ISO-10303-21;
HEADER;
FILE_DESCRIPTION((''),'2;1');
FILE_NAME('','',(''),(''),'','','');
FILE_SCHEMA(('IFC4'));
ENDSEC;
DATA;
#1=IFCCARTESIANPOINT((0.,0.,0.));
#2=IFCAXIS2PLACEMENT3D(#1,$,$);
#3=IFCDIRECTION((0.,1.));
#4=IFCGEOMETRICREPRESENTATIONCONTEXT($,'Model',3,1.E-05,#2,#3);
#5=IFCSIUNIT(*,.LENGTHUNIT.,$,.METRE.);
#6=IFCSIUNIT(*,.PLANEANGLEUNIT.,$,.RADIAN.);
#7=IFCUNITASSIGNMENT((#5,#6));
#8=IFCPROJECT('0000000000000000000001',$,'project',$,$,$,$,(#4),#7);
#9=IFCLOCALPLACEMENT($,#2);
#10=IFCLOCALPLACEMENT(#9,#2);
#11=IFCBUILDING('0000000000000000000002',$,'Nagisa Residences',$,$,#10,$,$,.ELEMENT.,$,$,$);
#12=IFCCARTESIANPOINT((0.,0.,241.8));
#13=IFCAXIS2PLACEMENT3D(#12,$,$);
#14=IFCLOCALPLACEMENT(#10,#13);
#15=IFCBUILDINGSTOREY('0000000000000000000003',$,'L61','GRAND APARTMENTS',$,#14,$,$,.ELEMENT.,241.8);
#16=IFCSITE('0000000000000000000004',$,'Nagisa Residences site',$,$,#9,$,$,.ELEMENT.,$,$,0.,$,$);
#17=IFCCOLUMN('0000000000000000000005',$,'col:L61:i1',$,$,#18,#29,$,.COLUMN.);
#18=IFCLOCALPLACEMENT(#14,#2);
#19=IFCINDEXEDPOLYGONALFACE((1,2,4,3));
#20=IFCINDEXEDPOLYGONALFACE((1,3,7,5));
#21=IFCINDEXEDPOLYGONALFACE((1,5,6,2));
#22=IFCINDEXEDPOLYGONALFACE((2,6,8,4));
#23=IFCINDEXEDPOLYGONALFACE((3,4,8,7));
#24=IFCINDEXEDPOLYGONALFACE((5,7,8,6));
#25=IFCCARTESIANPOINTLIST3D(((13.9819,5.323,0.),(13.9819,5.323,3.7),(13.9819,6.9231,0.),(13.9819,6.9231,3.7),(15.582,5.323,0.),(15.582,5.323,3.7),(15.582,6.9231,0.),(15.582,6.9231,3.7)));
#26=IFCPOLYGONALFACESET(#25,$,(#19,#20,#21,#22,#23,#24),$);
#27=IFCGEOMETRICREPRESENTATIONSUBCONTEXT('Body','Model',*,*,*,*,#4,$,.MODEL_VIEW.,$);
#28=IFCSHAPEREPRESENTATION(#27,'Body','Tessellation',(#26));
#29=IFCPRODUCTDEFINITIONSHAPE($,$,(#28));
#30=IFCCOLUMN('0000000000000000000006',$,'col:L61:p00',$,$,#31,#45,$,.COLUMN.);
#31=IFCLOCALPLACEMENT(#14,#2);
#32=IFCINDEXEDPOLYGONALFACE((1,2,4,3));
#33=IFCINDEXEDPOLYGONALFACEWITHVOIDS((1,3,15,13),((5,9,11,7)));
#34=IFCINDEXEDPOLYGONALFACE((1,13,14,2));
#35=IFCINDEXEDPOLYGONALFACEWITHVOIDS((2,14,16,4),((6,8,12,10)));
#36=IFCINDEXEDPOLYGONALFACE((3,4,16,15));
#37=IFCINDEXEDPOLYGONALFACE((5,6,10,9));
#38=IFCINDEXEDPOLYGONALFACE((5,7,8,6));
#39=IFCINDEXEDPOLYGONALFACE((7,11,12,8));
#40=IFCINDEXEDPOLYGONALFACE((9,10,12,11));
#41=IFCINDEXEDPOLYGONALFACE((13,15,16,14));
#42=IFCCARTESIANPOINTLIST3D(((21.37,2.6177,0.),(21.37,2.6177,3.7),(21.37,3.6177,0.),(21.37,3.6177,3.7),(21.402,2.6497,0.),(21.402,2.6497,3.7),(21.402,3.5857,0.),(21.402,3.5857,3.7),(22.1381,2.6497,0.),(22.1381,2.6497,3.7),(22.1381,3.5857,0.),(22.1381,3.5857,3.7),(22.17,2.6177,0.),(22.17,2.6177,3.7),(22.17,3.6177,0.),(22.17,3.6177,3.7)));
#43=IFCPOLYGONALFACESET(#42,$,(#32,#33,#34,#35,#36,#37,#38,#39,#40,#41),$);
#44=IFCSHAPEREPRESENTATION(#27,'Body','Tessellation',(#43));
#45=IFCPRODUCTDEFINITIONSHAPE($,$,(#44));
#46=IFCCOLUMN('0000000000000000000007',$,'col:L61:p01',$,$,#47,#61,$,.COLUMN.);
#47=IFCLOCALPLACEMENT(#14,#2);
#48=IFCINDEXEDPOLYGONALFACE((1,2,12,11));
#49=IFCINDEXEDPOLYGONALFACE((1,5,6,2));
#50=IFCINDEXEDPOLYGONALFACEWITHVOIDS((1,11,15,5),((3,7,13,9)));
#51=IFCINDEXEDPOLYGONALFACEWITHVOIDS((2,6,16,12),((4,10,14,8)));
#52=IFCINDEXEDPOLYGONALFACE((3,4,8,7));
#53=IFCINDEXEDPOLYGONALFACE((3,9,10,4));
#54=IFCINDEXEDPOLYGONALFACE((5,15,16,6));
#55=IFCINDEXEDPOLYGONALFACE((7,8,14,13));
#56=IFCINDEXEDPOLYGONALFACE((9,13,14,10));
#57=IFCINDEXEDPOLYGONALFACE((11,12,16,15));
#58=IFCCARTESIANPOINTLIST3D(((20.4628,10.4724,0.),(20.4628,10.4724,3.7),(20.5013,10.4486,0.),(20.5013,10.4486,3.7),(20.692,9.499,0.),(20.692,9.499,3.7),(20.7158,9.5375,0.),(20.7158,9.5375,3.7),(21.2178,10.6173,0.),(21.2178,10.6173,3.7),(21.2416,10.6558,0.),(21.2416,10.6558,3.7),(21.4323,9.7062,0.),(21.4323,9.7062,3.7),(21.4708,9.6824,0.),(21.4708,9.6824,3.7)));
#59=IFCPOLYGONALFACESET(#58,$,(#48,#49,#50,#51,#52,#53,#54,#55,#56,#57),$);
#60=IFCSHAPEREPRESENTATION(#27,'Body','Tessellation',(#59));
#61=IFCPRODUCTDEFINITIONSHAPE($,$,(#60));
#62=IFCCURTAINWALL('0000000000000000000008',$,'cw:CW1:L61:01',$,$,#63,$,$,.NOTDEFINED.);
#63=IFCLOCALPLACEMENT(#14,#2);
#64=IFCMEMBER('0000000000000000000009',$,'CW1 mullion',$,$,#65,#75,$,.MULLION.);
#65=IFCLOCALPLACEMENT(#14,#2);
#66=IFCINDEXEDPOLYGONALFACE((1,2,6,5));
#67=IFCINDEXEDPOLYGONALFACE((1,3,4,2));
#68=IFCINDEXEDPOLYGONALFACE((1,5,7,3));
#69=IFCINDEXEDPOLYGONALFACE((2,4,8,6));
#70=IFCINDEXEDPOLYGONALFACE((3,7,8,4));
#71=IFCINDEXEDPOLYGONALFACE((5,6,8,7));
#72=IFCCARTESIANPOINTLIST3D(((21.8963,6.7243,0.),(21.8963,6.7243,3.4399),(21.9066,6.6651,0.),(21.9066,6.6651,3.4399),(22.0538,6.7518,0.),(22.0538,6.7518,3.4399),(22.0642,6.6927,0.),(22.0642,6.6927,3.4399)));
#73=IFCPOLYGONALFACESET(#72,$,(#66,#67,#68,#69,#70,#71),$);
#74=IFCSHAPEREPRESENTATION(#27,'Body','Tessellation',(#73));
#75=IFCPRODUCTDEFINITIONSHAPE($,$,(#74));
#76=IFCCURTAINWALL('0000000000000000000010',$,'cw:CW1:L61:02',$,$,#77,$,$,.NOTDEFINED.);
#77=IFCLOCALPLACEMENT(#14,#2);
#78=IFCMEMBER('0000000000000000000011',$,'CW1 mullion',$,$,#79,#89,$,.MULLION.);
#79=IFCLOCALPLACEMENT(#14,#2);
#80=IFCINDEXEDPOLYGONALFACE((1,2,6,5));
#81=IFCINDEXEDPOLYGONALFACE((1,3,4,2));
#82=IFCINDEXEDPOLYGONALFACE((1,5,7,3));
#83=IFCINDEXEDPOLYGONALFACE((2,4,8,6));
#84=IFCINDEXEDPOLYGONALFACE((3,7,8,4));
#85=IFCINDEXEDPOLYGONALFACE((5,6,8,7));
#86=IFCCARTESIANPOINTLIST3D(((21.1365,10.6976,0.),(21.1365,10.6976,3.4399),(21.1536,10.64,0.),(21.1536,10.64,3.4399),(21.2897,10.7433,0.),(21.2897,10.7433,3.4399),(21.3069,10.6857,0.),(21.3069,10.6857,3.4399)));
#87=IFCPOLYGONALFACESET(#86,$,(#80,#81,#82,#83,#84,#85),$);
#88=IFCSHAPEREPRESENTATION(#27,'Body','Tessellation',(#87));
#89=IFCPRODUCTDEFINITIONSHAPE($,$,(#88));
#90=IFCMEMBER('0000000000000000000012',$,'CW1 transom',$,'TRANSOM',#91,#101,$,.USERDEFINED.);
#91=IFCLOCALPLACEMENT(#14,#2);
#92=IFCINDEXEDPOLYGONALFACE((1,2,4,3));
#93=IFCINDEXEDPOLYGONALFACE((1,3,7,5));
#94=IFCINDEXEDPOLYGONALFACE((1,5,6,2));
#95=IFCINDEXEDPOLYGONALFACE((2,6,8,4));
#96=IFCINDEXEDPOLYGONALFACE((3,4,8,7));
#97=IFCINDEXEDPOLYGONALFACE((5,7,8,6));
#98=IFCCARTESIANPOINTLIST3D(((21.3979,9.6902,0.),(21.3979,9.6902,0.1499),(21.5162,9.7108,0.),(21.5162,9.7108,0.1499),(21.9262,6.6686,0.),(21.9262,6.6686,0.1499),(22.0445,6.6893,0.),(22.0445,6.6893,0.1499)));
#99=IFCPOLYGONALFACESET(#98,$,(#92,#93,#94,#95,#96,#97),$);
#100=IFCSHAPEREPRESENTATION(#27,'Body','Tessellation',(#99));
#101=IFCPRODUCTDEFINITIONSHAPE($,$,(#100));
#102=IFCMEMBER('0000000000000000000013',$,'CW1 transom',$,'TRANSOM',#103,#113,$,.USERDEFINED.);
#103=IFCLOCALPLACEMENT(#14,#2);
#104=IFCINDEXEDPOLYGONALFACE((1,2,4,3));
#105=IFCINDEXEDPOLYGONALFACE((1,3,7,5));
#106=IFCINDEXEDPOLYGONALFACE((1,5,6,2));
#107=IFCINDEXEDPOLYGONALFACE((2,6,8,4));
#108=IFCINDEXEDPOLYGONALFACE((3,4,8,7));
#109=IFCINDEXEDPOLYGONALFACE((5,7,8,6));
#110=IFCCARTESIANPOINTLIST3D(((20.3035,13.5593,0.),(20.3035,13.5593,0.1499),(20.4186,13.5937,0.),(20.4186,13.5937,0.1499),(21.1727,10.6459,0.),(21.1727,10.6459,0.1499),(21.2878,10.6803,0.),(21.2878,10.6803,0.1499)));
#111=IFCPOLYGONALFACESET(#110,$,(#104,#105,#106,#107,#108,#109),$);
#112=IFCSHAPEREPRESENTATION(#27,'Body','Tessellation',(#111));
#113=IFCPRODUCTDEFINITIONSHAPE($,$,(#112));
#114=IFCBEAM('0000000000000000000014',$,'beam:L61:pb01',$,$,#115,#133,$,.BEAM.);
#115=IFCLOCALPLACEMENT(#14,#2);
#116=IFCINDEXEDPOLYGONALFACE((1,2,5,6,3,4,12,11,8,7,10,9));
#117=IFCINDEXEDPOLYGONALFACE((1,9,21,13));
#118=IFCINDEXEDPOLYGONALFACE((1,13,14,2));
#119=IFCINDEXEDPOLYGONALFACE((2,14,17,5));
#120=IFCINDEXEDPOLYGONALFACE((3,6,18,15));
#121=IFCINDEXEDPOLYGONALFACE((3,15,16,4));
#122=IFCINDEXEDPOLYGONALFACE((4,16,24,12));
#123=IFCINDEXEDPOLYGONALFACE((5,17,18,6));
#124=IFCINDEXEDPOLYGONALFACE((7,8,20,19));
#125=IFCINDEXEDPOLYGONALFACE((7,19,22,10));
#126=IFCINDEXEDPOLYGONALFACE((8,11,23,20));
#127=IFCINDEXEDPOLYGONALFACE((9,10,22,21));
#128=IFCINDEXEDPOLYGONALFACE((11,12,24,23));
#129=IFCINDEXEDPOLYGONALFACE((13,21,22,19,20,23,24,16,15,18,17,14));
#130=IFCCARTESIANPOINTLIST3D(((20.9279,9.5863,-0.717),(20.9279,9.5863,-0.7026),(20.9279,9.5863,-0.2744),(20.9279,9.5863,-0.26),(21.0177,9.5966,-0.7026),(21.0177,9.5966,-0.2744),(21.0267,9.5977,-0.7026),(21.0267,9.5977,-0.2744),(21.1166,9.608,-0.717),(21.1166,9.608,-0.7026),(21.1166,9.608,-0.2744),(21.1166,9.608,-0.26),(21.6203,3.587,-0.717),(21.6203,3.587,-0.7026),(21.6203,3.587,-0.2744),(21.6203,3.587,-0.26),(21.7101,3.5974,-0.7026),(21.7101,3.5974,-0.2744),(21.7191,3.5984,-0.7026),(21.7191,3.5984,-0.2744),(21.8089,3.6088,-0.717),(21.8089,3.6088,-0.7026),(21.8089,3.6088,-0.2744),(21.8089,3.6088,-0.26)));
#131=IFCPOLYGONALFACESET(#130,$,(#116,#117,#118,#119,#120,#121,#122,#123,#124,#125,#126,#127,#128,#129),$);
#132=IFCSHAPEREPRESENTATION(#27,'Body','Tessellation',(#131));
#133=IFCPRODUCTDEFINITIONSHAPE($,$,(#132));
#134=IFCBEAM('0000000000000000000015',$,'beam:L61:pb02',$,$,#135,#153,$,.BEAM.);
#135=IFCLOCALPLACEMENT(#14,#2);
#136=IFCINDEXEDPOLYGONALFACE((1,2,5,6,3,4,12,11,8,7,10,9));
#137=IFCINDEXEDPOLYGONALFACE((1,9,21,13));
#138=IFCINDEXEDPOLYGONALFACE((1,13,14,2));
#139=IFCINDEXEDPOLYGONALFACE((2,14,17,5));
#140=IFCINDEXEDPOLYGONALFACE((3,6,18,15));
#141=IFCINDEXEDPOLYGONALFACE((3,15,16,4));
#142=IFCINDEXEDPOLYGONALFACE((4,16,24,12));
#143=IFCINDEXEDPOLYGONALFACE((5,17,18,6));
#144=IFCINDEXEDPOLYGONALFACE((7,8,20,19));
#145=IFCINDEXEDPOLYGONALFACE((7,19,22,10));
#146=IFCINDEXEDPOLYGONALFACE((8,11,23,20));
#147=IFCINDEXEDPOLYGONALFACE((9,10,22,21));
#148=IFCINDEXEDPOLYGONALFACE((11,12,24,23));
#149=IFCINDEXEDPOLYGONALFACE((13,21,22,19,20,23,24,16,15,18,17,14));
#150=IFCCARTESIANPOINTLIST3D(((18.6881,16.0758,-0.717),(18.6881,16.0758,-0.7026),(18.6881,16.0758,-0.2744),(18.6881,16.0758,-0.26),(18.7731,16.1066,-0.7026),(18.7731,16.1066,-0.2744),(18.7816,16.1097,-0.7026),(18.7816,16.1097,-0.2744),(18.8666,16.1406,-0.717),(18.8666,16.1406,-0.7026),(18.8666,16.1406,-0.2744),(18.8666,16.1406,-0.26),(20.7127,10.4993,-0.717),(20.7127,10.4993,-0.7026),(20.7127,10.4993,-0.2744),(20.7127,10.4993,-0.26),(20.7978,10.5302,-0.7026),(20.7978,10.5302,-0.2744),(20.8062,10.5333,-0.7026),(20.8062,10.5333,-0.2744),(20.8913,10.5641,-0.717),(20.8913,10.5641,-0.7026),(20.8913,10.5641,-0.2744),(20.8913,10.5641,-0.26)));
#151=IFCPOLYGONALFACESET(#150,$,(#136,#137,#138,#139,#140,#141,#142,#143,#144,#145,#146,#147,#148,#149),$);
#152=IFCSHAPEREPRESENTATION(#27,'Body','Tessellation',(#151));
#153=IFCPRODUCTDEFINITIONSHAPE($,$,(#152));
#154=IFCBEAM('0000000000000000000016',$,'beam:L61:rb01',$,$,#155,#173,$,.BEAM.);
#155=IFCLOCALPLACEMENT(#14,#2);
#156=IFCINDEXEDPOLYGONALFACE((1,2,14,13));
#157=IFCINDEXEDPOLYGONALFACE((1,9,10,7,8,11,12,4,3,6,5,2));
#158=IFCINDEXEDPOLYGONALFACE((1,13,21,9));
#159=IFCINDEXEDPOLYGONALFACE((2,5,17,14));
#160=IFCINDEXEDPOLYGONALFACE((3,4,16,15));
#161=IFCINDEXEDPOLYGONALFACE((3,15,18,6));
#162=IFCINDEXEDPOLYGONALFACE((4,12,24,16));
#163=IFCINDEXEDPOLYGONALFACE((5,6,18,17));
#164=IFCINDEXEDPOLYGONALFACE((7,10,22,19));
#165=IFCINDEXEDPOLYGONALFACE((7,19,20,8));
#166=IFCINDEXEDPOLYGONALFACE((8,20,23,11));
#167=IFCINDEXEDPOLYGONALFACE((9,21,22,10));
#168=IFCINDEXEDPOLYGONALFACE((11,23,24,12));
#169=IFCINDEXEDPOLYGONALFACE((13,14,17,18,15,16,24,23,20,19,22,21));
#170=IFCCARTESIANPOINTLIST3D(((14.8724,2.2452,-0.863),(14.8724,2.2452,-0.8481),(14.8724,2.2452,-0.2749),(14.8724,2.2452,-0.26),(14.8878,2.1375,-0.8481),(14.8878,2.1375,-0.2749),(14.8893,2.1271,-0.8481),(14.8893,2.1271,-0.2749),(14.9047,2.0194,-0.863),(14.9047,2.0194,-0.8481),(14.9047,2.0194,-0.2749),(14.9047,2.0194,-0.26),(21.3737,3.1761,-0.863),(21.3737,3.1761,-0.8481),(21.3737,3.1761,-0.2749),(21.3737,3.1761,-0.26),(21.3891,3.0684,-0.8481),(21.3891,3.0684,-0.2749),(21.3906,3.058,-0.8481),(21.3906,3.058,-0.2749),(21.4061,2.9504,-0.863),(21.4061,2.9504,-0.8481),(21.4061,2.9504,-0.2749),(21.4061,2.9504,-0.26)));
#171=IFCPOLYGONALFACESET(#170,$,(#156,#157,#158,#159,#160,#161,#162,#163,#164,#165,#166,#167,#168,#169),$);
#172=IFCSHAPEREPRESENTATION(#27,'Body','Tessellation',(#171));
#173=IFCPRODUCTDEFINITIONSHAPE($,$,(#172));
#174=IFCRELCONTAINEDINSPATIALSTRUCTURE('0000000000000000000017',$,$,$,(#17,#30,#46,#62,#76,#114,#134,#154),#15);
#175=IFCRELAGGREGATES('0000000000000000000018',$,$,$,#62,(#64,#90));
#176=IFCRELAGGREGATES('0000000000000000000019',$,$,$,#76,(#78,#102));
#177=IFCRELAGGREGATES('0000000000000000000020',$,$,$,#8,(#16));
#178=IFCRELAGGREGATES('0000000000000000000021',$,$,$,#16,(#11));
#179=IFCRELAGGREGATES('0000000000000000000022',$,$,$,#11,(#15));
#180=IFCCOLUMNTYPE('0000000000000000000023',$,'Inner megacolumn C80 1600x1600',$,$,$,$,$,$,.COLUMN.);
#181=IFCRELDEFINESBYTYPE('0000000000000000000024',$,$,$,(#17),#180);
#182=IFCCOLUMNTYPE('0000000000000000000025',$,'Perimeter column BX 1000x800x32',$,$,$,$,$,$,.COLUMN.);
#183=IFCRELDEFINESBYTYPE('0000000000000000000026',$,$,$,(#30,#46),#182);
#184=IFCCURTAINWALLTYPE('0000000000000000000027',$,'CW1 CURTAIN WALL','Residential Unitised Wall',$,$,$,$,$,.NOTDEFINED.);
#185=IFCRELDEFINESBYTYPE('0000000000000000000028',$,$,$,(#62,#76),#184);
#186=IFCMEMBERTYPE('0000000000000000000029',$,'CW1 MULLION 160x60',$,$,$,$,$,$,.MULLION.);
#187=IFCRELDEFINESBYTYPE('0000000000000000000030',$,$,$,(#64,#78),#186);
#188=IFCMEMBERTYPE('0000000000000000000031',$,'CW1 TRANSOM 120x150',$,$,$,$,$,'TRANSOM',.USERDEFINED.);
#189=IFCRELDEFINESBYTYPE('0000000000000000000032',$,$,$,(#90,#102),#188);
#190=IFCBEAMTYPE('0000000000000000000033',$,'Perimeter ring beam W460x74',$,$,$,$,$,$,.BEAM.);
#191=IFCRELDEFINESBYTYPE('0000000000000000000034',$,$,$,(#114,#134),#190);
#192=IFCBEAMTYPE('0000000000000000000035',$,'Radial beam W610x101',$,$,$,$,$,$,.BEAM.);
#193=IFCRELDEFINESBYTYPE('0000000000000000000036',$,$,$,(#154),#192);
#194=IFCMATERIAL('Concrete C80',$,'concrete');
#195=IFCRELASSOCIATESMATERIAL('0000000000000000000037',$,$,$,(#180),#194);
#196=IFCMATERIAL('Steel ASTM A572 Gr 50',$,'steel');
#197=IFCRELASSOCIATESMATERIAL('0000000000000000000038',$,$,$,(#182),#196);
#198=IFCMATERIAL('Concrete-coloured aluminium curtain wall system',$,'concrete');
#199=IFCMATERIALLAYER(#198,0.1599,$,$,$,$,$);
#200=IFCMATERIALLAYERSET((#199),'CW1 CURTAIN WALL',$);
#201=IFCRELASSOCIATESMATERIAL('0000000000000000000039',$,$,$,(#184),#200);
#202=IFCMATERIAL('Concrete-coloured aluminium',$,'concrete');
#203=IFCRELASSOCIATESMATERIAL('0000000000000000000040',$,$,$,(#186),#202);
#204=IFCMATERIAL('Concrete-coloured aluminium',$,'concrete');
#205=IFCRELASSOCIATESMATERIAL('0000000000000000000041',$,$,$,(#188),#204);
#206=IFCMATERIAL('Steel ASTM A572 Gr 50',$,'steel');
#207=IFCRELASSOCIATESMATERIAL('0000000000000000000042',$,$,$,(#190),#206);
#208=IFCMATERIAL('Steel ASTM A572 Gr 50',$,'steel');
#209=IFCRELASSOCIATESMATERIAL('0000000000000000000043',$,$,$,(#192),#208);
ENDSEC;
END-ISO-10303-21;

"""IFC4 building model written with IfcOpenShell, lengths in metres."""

from ifc_helpers import new_model, si_unit, direction, frame, origin, origin_2d, place, context, subcontext, project, spatial, rectangle, hollow_rectangle, i_section, extrude, material, layer, layer_set, material_profile, profile_set, type_object, element, aggregate, save


model = new_model("IFC4")

# Units and contexts
model_context = context("Model", 3, precision=1e-05, world=origin(), true_north=direction((0.0, 1.0)))
body_context = subcontext(model_context, "Body", "Model", "MODEL_VIEW")
ifc_project = project(units=[si_unit("LENGTHUNIT", "METRE"), si_unit("PLANEANGLEUNIT", "RADIAN")], contexts=[model_context])

# Site, building, storey
site_placement = place(None, origin())
site = spatial("IfcSite", under=ifc_project, at=site_placement, Name="Nagisa Residences site", CompositionType="ELEMENT", RefElevation=0.0)
building_placement = place(site_placement, origin())
building = spatial("IfcBuilding", under=site, at=building_placement, Name="Nagisa Residences", CompositionType="ELEMENT")
storey_placement = place(building_placement, frame((0.0, 0.0, 241.8)))
storey = spatial("IfcBuildingStorey", under=building, at=storey_placement, Name="L61", Description="GRAND APARTMENTS", CompositionType="ELEMENT", Elevation=241.8)

# Columns
ifc_material_1 = material(Name="Concrete C80", Category="concrete")
ifc_material_profile_1 = material_profile(ifc_material_1, rectangle(XDim=1.6001, YDim=1.6001, at=origin_2d()), Name="C80 1600x1600")
ifc_profile_set_1 = profile_set([ifc_material_profile_1], Name="Concrete C80")
column_type_1 = type_object("IfcColumnType", Name="Inner megacolumn C80 1600x1600", PredefinedType="COLUMN", material=ifc_profile_set_1)
column_placement = place(storey_placement, frame((14.782, 6.123, 0.0), z_axis=(0.0, 0.0, 1.0), x_axis=(1.0, 0.0, 0.0)))
element("IfcColumn", 1, at=column_placement, inside=storey, type_object=column_type_1, Name="col:L61:i1", PredefinedType="COLUMN", context=body_context, shape_type="SweptSolid", body=[
    extrude(rectangle(XDim=1.6001, YDim=1.6001, at=origin_2d()), origin(), (0.0, 0.0, 1.0), 3.7),
])
ifc_material_2 = material(Name="Steel ASTM A572 Gr 50", Category="steel")
ifc_material_profile_2 = material_profile(ifc_material_2, hollow_rectangle(XDim=1.0, YDim=0.8, WallThickness=0.032, at=origin_2d()), Name="BX 1000x800x32")
ifc_profile_set_2 = profile_set([ifc_material_profile_2], Name="Steel ASTM A572 Gr 50")
column_type_2 = type_object("IfcColumnType", Name="Perimeter column BX 1000x800x32", PredefinedType="COLUMN", material=ifc_profile_set_2)
for number, where, z_axis, x_axis, name in (
    (2, (21.77, 3.1177, 0.0), (0.0, 0.0, 1.0), (0.0, 1.0, 0.0), "col:L61:p00"),
    (3, (20.9668, 10.0774, 0.0), (0.0, 0.0, 1.0), (-0.229202, 0.973379, 0.0), "col:L61:p01"),
):
    element("IfcColumn", number, at=place(storey_placement, frame(where, z_axis=z_axis, x_axis=x_axis)), inside=storey, type_object=column_type_2, Name=name, PredefinedType="COLUMN", context=body_context, shape_type="SweptSolid", body=[
        extrude(hollow_rectangle(XDim=1.0, YDim=0.8, WallThickness=0.032, at=origin_2d()), origin(), (0.0, 0.0, 1.0), 3.7),
    ])

# Curtain walls, members
ifc_material_3 = material(Name="Concrete-coloured aluminium curtain wall system", Category="concrete")
ifc_layer_1 = layer(ifc_material_3, 0.1599)
ifc_layer_set_1 = layer_set([ifc_layer_1], Name="CW1 CURTAIN WALL")
curtain_wall_type = type_object("IfcCurtainWallType", Name="CW1 CURTAIN WALL", Description="Residential Unitised Wall", PredefinedType="NOTDEFINED", material=ifc_layer_set_1)
curtain_wall_1_placement = place(storey_placement, origin())
curtain_wall_1 = element("IfcCurtainWall", 4, at=curtain_wall_1_placement, inside=storey, type_object=curtain_wall_type, Name="cw:CW1:L61:01", PredefinedType="NOTDEFINED")
ifc_material_4 = material(Name="Concrete-coloured aluminium", Category="concrete")
ifc_material_profile_3 = material_profile(ifc_material_4, rectangle(XDim=0.1599, YDim=0.0601, at=origin_2d()), Name="CW1 MULLION 160x60")
ifc_profile_set_3 = profile_set([ifc_material_profile_3], Name="Concrete-coloured aluminium")
member_type_1 = type_object("IfcMemberType", Name="CW1 MULLION 160x60", PredefinedType="MULLION", material=ifc_profile_set_3)
member_1_placement = place(storey_placement, frame((21.9802, 6.7085, 0.0), z_axis=(0.0, 0.0, 1.0), x_axis=(-0.985064, -0.172191, 0.0)))
member_1 = element("IfcMember", 5, at=member_1_placement, type_object=member_type_1, Name="CW1 mullion", PredefinedType="MULLION", context=body_context, shape_type="SweptSolid", body=[
    extrude(rectangle(XDim=0.1599, YDim=0.0601, at=origin_2d()), origin(), (0.0, 0.0, 1.0), 3.4399),
])
curtain_wall_2_placement = place(storey_placement, origin())
curtain_wall_2 = element("IfcCurtainWall", 6, at=curtain_wall_2_placement, inside=storey, type_object=curtain_wall_type, Name="cw:CW1:L61:02", PredefinedType="NOTDEFINED")
member_2_placement = place(storey_placement, frame((21.2217, 10.6917, 0.0), z_axis=(0.0, 0.0, 1.0), x_axis=(-0.958271, -0.28586, 0.0)))
member_2 = element("IfcMember", 7, at=member_2_placement, type_object=member_type_1, Name="CW1 mullion", PredefinedType="MULLION", context=body_context, shape_type="SweptSolid", body=[
    extrude(rectangle(XDim=0.1599, YDim=0.0601, at=origin_2d()), origin(), (0.0, 0.0, 1.0), 3.4399),
])

# Members
ifc_material_5 = material(Name="Concrete-coloured aluminium", Category="concrete")
ifc_material_profile_4 = material_profile(ifc_material_5, rectangle(XDim=0.1201, YDim=0.1499, at=origin_2d()), Name="CW1 TRANSOM 120x150")
ifc_profile_set_4 = profile_set([ifc_material_profile_4], Name="Concrete-coloured aluminium")
member_type_2 = type_object("IfcMemberType", Name="CW1 TRANSOM 120x150", ElementType="TRANSOM", PredefinedType="USERDEFINED", material=ifc_profile_set_4)
member_3_placement = place(storey_placement, frame((21.9854, 6.679, 0.075), z_axis=(-0.172241, 0.985055, 0.0), x_axis=(-0.985055, -0.172241, 0.0)))
member_3 = element("IfcMember", 8, at=member_3_placement, type_object=member_type_2, Name="CW1 transom", ObjectType="TRANSOM", PredefinedType="USERDEFINED", context=body_context, shape_type="SweptSolid", body=[
    extrude(rectangle(XDim=0.1201, YDim=0.1499, at=origin_2d()), origin(), (0.0, 0.0, 1.0), 3.0674),
])
member_4_placement = place(storey_placement, frame((21.2302, 10.6631, 0.075), z_axis=(-0.285881, 0.958265, 0.0), x_axis=(-0.958265, -0.285881, 0.0)))
member_4 = element("IfcMember", 9, at=member_4_placement, type_object=member_type_2, Name="CW1 transom", ObjectType="TRANSOM", PredefinedType="USERDEFINED", context=body_context, shape_type="SweptSolid", body=[
    extrude(rectangle(XDim=0.1201, YDim=0.1499, at=origin_2d()), origin(), (0.0, 0.0, 1.0), 3.0403),
])

# Beams
ifc_material_6 = material(Name="Steel ASTM A572 Gr 50", Category="steel")
ifc_material_profile_5 = material_profile(ifc_material_6, i_section(OverallWidth=0.1899, OverallDepth=0.457, WebThickness=0.009, FlangeThickness=0.0144, at=origin_2d()), Name="W460x74")
ifc_profile_set_5 = profile_set([ifc_material_profile_5], Name="Steel ASTM A572 Gr 50")
beam_type_1 = type_object("IfcBeamType", Name="Perimeter ring beam W460x74", PredefinedType="BEAM", material=ifc_profile_set_5)
beam_1_placement = place(storey_placement, frame((21.7146, 3.5979, -0.4885), z_axis=(-0.11465, 0.993406, 0.0), x_axis=(-0.993406, -0.11465, 0.0)))
element("IfcBeam", 10, at=beam_1_placement, inside=storey, type_object=beam_type_1, Name="beam:L61:pb01", PredefinedType="BEAM", context=body_context, shape_type="SweptSolid", body=[
    extrude(i_section(OverallWidth=0.1899, OverallDepth=0.457, WebThickness=0.009, FlangeThickness=0.0144, at=origin_2d()), origin(), (0.0, 0.0, 1.0), 6.0391),
])
beam_2_placement = place(storey_placement, frame((20.802, 10.5317, -0.4885), z_axis=(-0.341277, 0.939963, 0.0), x_axis=(-0.939963, -0.341277, 0.0)))
element("IfcBeam", 11, at=beam_2_placement, inside=storey, type_object=beam_type_1, Name="beam:L61:pb02", PredefinedType="BEAM", context=body_context, shape_type="SweptSolid", body=[
    extrude(i_section(OverallWidth=0.1899, OverallDepth=0.457, WebThickness=0.009, FlangeThickness=0.0144, at=origin_2d()), origin(), (0.0, 0.0, 1.0), 5.9326),
])
ifc_material_7 = material(Name="Steel ASTM A572 Gr 50", Category="steel")
ifc_material_profile_6 = material_profile(ifc_material_7, i_section(OverallWidth=0.228, OverallDepth=0.603, WebThickness=0.0105, FlangeThickness=0.0149, at=origin_2d()), Name="W610x101")
ifc_profile_set_6 = profile_set([ifc_material_profile_6], Name="Steel ASTM A572 Gr 50")
beam_type_2 = type_object("IfcBeamType", Name="Radial beam W610x101", PredefinedType="BEAM", material=ifc_profile_set_6)
beam_3_placement = place(storey_placement, frame((21.3899, 3.0632, -0.5615), z_axis=(-0.989903, -0.141744, 0.0), x_axis=(0.141744, -0.989903, 0.0)))
element("IfcBeam", 12, at=beam_3_placement, inside=storey, type_object=beam_type_2, Name="beam:L61:rb01", PredefinedType="BEAM", context=body_context, shape_type="SweptSolid", body=[
    extrude(i_section(OverallWidth=0.228, OverallDepth=0.603, WebThickness=0.0105, FlangeThickness=0.0149, at=origin_2d()), origin(), (0.0, 0.0, 1.0), 6.5676),
])

aggregate(curtain_wall_1, [member_1, member_3])
aggregate(curtain_wall_2, [member_2, member_4])

save(model, "model.ifc")
